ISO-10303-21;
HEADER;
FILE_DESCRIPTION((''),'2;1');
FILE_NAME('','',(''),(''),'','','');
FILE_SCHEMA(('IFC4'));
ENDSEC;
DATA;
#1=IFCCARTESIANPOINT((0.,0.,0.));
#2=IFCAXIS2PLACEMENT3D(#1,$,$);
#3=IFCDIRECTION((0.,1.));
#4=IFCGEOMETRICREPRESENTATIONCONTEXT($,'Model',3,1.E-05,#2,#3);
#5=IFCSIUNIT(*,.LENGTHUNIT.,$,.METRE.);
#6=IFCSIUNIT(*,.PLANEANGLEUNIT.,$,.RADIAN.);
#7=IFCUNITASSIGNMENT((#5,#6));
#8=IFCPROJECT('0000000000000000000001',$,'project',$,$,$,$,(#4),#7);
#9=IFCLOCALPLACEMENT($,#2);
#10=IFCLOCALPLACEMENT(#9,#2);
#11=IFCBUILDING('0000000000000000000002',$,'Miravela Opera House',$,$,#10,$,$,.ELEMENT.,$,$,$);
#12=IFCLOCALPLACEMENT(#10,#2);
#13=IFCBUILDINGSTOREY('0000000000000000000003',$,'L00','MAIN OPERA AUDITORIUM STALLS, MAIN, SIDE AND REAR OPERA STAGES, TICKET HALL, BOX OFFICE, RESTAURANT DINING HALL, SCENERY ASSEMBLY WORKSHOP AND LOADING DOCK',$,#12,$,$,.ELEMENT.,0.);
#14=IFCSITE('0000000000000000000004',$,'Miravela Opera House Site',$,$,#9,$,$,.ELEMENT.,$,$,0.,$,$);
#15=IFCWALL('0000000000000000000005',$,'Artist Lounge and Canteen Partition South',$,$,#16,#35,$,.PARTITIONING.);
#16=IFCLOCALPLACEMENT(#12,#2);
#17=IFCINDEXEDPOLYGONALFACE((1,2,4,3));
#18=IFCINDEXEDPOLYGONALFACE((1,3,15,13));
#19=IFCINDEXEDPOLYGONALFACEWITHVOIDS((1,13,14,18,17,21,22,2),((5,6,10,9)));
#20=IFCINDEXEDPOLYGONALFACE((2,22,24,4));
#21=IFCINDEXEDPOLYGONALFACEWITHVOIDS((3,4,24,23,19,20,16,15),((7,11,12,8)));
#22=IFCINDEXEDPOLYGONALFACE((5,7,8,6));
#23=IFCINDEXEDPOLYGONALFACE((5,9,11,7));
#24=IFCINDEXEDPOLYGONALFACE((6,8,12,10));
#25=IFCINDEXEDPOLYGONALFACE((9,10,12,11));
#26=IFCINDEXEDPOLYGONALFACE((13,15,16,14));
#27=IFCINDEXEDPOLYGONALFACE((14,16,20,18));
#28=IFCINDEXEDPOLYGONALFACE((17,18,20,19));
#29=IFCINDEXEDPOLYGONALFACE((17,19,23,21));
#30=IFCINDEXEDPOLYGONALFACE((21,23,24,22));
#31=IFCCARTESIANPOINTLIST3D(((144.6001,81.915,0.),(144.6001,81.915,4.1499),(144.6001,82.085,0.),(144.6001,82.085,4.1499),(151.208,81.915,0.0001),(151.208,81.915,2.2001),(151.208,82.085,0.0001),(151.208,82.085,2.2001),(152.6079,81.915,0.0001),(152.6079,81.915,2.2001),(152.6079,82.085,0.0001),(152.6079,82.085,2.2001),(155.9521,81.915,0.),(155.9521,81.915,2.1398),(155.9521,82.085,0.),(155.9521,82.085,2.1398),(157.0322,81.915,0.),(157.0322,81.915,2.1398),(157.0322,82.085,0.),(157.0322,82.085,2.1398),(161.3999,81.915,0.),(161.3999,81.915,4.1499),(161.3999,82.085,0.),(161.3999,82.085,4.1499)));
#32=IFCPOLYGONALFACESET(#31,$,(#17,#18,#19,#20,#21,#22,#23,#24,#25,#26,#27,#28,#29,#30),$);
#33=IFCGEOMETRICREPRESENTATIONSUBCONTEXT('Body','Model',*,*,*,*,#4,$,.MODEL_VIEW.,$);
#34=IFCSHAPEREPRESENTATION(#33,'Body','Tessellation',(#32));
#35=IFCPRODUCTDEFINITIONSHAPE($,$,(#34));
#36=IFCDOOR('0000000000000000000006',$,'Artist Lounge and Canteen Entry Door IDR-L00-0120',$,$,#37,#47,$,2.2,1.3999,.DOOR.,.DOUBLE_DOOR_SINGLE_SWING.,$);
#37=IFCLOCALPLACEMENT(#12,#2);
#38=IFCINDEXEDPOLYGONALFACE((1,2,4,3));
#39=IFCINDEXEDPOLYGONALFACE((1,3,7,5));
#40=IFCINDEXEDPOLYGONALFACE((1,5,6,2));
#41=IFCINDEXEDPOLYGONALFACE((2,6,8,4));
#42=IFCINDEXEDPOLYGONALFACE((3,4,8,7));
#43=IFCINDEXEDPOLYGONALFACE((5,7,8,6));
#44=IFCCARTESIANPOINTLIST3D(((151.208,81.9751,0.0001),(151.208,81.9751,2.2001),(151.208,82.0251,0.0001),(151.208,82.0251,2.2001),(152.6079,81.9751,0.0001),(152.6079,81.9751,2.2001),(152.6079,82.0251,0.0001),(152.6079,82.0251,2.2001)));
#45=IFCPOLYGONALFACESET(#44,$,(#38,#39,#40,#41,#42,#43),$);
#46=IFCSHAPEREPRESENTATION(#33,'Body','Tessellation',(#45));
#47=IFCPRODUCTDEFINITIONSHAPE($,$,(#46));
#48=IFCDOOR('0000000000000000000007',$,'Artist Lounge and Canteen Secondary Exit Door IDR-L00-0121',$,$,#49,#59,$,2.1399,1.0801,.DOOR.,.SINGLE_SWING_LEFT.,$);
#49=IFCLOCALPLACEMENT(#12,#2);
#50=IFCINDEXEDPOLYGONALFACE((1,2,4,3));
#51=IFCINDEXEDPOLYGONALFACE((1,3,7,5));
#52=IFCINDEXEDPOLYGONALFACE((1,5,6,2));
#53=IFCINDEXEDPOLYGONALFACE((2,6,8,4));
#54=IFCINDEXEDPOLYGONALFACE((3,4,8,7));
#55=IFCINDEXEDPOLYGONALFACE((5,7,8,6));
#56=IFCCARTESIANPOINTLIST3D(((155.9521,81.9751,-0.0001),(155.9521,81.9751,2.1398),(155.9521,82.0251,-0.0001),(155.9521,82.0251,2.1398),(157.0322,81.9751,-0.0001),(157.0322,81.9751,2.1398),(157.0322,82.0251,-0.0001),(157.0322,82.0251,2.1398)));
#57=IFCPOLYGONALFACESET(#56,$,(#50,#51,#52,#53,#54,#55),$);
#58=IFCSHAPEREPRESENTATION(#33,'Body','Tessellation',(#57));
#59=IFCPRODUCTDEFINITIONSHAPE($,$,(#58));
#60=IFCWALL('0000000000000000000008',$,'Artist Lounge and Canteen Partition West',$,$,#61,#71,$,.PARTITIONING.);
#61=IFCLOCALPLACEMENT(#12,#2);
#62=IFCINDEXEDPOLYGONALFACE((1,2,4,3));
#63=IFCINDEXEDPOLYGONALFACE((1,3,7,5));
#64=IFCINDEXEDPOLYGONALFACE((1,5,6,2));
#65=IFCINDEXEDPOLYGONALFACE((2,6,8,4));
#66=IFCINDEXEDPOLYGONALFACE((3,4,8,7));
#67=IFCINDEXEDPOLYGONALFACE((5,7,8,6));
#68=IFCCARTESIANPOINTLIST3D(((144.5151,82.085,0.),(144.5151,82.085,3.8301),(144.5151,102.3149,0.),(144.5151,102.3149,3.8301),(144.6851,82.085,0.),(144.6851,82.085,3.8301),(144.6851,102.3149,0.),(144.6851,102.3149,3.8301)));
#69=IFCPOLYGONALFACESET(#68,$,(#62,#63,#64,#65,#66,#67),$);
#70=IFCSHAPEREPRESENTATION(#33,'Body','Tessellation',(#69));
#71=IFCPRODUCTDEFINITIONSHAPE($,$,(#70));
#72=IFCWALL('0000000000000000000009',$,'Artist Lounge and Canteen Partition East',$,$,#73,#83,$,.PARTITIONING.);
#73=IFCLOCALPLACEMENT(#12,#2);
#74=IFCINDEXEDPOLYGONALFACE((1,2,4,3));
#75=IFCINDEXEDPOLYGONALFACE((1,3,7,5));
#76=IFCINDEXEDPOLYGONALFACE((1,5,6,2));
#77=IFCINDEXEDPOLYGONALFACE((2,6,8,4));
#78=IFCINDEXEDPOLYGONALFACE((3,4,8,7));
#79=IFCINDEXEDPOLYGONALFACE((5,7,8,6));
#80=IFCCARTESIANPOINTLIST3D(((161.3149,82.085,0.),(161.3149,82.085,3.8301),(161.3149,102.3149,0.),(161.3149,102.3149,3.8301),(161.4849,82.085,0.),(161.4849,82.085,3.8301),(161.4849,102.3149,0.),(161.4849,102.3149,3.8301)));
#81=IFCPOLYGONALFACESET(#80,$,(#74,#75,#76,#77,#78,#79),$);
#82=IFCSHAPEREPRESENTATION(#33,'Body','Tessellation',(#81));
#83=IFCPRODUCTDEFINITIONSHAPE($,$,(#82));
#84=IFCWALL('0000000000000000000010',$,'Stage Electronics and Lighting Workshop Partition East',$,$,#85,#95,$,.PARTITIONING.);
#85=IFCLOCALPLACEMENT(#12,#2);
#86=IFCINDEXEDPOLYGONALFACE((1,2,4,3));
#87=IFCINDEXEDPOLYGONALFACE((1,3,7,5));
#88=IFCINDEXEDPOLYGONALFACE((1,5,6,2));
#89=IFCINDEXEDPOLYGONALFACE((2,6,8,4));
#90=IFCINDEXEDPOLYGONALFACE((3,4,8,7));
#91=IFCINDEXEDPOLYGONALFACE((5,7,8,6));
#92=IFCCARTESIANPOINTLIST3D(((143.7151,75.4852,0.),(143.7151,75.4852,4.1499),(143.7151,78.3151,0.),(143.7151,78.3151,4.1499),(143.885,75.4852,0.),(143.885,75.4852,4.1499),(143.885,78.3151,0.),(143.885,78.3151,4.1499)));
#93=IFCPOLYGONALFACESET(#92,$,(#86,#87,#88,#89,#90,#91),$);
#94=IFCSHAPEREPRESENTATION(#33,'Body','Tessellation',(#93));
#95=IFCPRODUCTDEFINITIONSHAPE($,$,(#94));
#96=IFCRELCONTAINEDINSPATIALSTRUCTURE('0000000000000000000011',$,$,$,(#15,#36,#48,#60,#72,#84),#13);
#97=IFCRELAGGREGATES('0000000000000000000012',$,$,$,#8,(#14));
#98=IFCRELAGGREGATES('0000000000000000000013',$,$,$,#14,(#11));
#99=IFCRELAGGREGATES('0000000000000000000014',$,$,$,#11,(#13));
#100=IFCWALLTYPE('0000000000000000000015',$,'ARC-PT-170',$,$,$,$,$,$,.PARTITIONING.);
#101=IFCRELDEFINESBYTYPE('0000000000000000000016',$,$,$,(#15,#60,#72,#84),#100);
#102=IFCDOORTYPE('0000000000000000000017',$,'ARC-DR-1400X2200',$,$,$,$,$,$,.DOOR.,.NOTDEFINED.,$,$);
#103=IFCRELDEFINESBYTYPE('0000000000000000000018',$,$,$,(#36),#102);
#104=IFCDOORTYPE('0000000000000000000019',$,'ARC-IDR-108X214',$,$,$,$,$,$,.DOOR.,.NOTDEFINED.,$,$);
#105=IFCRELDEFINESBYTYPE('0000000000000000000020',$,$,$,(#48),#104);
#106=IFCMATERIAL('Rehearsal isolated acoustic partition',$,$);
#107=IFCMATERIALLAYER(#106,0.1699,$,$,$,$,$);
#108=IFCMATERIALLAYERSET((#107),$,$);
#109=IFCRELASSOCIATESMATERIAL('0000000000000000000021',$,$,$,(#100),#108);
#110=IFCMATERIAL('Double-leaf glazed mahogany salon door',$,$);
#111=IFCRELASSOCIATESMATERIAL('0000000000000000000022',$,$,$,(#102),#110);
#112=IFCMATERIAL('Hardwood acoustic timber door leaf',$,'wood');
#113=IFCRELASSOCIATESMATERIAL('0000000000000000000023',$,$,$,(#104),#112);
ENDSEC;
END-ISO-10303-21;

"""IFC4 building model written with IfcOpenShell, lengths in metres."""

from ifc_helpers import new_model, si_unit, direction, frame, frame_2d, origin, place, context, subcontext, project, spatial, rectangle, extrude, material, layer, layer_set, type_object, element, fill, save


model = new_model("IFC4")

# Units and contexts
model_context = context("Model", 3, precision=1e-05, world=origin(), true_north=direction((0.0, 1.0)))
body_context = subcontext(model_context, "Body", "Model", "MODEL_VIEW")
ifc_project = project(units=[si_unit("LENGTHUNIT", "METRE"), si_unit("PLANEANGLEUNIT", "RADIAN")], contexts=[model_context])

# Site, building, storey
site_placement = place(None, origin())
site = spatial("IfcSite", under=ifc_project, at=site_placement, Name="Miravela Opera House Site", CompositionType="ELEMENT", RefElevation=0.0)
building_placement = place(site_placement, origin())
building = spatial("IfcBuilding", under=site, at=building_placement, Name="Miravela Opera House", CompositionType="ELEMENT")
storey_placement = place(building_placement, origin())
storey = spatial("IfcBuildingStorey", under=building, at=storey_placement, Name="L00", Description="MAIN OPERA AUDITORIUM STALLS, MAIN, SIDE AND REAR OPERA STAGES, TICKET HALL, BOX OFFICE, RESTAURANT DINING HALL, SCENERY ASSEMBLY WORKSHOP AND LOADING DOCK", CompositionType="ELEMENT", Elevation=0.0)

# Wall, openings, doors
ifc_material_1 = material(Name="Rehearsal isolated acoustic partition")
ifc_layer_1 = layer(ifc_material_1, 0.1699)
ifc_layer_set_1 = layer_set([ifc_layer_1])
wall_type_1 = type_object("IfcWallType", Name="ARC-PT-170", PredefinedType="PARTITIONING", material=ifc_layer_set_1)
wall_1_placement = place(storey_placement, frame((144.6001, 82.0, 0.0), z_axis=(0.0, 0.0, 1.0), x_axis=(1.0, 0.0, 0.0)))
wall_1 = element("IfcWall", 1, at=wall_1_placement, inside=storey, type_object=wall_type_1, Name="Artist Lounge and Canteen Partition South", PredefinedType="PARTITIONING", context=body_context, shape_type="SweptSolid", body=[
    extrude(rectangle(XDim=16.7998, YDim=0.1699, at=frame_2d((8.3999, 0.0))), origin(), (0.0, 0.0, 1.0), 4.1499),
])
opening_1_placement = place(wall_1_placement, frame((6.6079, 0.0, 0.0)))
opening_1 = element("IfcOpeningElement", 2, at=opening_1_placement, cuts=wall_1, PredefinedType="OPENING", context=body_context, shape_type="SweptSolid", body=[
    extrude(rectangle(XDim=1.3999, YDim=2.2, at=frame_2d((0.7, 1.1001))), frame((0.0, 0.095, 0.0), z_axis=(0.0, -1.0, 0.0), x_axis=(1.0, 0.0, 0.0)), (0.0, 0.0, 1.0), 0.1899),
])
opening_2_placement = place(wall_1_placement, frame((11.3521, 0.0, 0.0)))
opening_2 = element("IfcOpeningElement", 3, at=opening_2_placement, cuts=wall_1, PredefinedType="OPENING", context=body_context, shape_type="SweptSolid", body=[
    extrude(rectangle(XDim=1.0801, YDim=2.1399, at=frame_2d((0.54, 1.0698))), frame((0.0, 0.095, 0.0), z_axis=(0.0, -1.0, 0.0), x_axis=(1.0, 0.0, 0.0)), (0.0, 0.0, 1.0), 0.1899),
])
ifc_material_2 = material(Name="Double-leaf glazed mahogany salon door")
door_type_1 = type_object("IfcDoorType", Name="ARC-DR-1400X2200", OperationType="NOTDEFINED", PredefinedType="DOOR", material=ifc_material_2)
door_1_placement = place(opening_1_placement, frame((1.3999, 0.0, 0.0), z_axis=(0.0, 0.0, 1.0), x_axis=(-1.0, 0.0, 0.0)))
door_1 = element("IfcDoor", 4, at=door_1_placement, inside=storey, type_object=door_type_1, Name="Artist Lounge and Canteen Entry Door IDR-L00-0120", OperationType="DOUBLE_DOOR_SINGLE_SWING", OverallHeight=2.2, OverallWidth=1.3999, PredefinedType="DOOR", context=body_context, shape_type="SweptSolid", body=[
    extrude(rectangle(XDim=1.3999, YDim=2.2, at=frame_2d((0.7, 1.1001))), frame((0.0, 0.0249, 0.0), z_axis=(0.0, -1.0, 0.0), x_axis=(1.0, 0.0, 0.0)), (0.0, 0.0, 1.0), 0.05),
])
fill(opening_1, door_1)
ifc_material_3 = material(Name="Hardwood acoustic timber door leaf", Category="wood")
door_type_2 = type_object("IfcDoorType", Name="ARC-IDR-108X214", OperationType="NOTDEFINED", PredefinedType="DOOR", material=ifc_material_3)
door_2_placement = place(opening_2_placement, frame((1.0801, 0.0, 0.0), z_axis=(0.0, 0.0, 1.0), x_axis=(-1.0, 0.0, 0.0)))
door_2 = element("IfcDoor", 5, at=door_2_placement, inside=storey, type_object=door_type_2, Name="Artist Lounge and Canteen Secondary Exit Door IDR-L00-0121", OperationType="SINGLE_SWING_LEFT", OverallHeight=2.1399, OverallWidth=1.0801, PredefinedType="DOOR", context=body_context, shape_type="SweptSolid", body=[
    extrude(rectangle(XDim=1.0801, YDim=2.1399, at=frame_2d((0.54, 1.0698))), frame((0.0, 0.0249, 0.0), z_axis=(0.0, -1.0, 0.0), x_axis=(1.0, 0.0, 0.0)), (0.0, 0.0, 1.0), 0.05),
])
fill(opening_2, door_2)

# Walls
for number, where, z_axis, x_axis, name in (
    (6, (144.6001, 82.085, 0.0), (0.0, 0.0, 1.0), (0.0, 1.0, 0.0), "Artist Lounge and Canteen Partition West"),
    (7, (161.3999, 82.085, 0.0), (0.0, 0.0, 1.0), (0.0, 1.0, 0.0), "Artist Lounge and Canteen Partition East"),
):
    element("IfcWall", number, at=place(storey_placement, frame(where, z_axis=z_axis, x_axis=x_axis)), inside=storey, type_object=wall_type_1, Name=name, PredefinedType="PARTITIONING", context=body_context, shape_type="SweptSolid", body=[
        extrude(rectangle(XDim=20.23, YDim=0.1699, at=frame_2d((10.115, 0.0))), origin(), (0.0, 0.0, 1.0), 3.8301),
    ])
wall_2_placement = place(storey_placement, frame((143.8, 75.4851, 0.0), z_axis=(0.0, 0.0, 1.0), x_axis=(0.0, 1.0, 0.0)))
element("IfcWall", 8, at=wall_2_placement, inside=storey, type_object=wall_type_1, Name="Stage Electronics and Lighting Workshop Partition East", PredefinedType="PARTITIONING", context=body_context, shape_type="SweptSolid", body=[
    extrude(rectangle(XDim=2.8298, YDim=0.1699, at=frame_2d((1.415, 0.0))), origin(), (0.0, 0.0, 1.0), 4.1499),
])

save(model, "model.ifc")
